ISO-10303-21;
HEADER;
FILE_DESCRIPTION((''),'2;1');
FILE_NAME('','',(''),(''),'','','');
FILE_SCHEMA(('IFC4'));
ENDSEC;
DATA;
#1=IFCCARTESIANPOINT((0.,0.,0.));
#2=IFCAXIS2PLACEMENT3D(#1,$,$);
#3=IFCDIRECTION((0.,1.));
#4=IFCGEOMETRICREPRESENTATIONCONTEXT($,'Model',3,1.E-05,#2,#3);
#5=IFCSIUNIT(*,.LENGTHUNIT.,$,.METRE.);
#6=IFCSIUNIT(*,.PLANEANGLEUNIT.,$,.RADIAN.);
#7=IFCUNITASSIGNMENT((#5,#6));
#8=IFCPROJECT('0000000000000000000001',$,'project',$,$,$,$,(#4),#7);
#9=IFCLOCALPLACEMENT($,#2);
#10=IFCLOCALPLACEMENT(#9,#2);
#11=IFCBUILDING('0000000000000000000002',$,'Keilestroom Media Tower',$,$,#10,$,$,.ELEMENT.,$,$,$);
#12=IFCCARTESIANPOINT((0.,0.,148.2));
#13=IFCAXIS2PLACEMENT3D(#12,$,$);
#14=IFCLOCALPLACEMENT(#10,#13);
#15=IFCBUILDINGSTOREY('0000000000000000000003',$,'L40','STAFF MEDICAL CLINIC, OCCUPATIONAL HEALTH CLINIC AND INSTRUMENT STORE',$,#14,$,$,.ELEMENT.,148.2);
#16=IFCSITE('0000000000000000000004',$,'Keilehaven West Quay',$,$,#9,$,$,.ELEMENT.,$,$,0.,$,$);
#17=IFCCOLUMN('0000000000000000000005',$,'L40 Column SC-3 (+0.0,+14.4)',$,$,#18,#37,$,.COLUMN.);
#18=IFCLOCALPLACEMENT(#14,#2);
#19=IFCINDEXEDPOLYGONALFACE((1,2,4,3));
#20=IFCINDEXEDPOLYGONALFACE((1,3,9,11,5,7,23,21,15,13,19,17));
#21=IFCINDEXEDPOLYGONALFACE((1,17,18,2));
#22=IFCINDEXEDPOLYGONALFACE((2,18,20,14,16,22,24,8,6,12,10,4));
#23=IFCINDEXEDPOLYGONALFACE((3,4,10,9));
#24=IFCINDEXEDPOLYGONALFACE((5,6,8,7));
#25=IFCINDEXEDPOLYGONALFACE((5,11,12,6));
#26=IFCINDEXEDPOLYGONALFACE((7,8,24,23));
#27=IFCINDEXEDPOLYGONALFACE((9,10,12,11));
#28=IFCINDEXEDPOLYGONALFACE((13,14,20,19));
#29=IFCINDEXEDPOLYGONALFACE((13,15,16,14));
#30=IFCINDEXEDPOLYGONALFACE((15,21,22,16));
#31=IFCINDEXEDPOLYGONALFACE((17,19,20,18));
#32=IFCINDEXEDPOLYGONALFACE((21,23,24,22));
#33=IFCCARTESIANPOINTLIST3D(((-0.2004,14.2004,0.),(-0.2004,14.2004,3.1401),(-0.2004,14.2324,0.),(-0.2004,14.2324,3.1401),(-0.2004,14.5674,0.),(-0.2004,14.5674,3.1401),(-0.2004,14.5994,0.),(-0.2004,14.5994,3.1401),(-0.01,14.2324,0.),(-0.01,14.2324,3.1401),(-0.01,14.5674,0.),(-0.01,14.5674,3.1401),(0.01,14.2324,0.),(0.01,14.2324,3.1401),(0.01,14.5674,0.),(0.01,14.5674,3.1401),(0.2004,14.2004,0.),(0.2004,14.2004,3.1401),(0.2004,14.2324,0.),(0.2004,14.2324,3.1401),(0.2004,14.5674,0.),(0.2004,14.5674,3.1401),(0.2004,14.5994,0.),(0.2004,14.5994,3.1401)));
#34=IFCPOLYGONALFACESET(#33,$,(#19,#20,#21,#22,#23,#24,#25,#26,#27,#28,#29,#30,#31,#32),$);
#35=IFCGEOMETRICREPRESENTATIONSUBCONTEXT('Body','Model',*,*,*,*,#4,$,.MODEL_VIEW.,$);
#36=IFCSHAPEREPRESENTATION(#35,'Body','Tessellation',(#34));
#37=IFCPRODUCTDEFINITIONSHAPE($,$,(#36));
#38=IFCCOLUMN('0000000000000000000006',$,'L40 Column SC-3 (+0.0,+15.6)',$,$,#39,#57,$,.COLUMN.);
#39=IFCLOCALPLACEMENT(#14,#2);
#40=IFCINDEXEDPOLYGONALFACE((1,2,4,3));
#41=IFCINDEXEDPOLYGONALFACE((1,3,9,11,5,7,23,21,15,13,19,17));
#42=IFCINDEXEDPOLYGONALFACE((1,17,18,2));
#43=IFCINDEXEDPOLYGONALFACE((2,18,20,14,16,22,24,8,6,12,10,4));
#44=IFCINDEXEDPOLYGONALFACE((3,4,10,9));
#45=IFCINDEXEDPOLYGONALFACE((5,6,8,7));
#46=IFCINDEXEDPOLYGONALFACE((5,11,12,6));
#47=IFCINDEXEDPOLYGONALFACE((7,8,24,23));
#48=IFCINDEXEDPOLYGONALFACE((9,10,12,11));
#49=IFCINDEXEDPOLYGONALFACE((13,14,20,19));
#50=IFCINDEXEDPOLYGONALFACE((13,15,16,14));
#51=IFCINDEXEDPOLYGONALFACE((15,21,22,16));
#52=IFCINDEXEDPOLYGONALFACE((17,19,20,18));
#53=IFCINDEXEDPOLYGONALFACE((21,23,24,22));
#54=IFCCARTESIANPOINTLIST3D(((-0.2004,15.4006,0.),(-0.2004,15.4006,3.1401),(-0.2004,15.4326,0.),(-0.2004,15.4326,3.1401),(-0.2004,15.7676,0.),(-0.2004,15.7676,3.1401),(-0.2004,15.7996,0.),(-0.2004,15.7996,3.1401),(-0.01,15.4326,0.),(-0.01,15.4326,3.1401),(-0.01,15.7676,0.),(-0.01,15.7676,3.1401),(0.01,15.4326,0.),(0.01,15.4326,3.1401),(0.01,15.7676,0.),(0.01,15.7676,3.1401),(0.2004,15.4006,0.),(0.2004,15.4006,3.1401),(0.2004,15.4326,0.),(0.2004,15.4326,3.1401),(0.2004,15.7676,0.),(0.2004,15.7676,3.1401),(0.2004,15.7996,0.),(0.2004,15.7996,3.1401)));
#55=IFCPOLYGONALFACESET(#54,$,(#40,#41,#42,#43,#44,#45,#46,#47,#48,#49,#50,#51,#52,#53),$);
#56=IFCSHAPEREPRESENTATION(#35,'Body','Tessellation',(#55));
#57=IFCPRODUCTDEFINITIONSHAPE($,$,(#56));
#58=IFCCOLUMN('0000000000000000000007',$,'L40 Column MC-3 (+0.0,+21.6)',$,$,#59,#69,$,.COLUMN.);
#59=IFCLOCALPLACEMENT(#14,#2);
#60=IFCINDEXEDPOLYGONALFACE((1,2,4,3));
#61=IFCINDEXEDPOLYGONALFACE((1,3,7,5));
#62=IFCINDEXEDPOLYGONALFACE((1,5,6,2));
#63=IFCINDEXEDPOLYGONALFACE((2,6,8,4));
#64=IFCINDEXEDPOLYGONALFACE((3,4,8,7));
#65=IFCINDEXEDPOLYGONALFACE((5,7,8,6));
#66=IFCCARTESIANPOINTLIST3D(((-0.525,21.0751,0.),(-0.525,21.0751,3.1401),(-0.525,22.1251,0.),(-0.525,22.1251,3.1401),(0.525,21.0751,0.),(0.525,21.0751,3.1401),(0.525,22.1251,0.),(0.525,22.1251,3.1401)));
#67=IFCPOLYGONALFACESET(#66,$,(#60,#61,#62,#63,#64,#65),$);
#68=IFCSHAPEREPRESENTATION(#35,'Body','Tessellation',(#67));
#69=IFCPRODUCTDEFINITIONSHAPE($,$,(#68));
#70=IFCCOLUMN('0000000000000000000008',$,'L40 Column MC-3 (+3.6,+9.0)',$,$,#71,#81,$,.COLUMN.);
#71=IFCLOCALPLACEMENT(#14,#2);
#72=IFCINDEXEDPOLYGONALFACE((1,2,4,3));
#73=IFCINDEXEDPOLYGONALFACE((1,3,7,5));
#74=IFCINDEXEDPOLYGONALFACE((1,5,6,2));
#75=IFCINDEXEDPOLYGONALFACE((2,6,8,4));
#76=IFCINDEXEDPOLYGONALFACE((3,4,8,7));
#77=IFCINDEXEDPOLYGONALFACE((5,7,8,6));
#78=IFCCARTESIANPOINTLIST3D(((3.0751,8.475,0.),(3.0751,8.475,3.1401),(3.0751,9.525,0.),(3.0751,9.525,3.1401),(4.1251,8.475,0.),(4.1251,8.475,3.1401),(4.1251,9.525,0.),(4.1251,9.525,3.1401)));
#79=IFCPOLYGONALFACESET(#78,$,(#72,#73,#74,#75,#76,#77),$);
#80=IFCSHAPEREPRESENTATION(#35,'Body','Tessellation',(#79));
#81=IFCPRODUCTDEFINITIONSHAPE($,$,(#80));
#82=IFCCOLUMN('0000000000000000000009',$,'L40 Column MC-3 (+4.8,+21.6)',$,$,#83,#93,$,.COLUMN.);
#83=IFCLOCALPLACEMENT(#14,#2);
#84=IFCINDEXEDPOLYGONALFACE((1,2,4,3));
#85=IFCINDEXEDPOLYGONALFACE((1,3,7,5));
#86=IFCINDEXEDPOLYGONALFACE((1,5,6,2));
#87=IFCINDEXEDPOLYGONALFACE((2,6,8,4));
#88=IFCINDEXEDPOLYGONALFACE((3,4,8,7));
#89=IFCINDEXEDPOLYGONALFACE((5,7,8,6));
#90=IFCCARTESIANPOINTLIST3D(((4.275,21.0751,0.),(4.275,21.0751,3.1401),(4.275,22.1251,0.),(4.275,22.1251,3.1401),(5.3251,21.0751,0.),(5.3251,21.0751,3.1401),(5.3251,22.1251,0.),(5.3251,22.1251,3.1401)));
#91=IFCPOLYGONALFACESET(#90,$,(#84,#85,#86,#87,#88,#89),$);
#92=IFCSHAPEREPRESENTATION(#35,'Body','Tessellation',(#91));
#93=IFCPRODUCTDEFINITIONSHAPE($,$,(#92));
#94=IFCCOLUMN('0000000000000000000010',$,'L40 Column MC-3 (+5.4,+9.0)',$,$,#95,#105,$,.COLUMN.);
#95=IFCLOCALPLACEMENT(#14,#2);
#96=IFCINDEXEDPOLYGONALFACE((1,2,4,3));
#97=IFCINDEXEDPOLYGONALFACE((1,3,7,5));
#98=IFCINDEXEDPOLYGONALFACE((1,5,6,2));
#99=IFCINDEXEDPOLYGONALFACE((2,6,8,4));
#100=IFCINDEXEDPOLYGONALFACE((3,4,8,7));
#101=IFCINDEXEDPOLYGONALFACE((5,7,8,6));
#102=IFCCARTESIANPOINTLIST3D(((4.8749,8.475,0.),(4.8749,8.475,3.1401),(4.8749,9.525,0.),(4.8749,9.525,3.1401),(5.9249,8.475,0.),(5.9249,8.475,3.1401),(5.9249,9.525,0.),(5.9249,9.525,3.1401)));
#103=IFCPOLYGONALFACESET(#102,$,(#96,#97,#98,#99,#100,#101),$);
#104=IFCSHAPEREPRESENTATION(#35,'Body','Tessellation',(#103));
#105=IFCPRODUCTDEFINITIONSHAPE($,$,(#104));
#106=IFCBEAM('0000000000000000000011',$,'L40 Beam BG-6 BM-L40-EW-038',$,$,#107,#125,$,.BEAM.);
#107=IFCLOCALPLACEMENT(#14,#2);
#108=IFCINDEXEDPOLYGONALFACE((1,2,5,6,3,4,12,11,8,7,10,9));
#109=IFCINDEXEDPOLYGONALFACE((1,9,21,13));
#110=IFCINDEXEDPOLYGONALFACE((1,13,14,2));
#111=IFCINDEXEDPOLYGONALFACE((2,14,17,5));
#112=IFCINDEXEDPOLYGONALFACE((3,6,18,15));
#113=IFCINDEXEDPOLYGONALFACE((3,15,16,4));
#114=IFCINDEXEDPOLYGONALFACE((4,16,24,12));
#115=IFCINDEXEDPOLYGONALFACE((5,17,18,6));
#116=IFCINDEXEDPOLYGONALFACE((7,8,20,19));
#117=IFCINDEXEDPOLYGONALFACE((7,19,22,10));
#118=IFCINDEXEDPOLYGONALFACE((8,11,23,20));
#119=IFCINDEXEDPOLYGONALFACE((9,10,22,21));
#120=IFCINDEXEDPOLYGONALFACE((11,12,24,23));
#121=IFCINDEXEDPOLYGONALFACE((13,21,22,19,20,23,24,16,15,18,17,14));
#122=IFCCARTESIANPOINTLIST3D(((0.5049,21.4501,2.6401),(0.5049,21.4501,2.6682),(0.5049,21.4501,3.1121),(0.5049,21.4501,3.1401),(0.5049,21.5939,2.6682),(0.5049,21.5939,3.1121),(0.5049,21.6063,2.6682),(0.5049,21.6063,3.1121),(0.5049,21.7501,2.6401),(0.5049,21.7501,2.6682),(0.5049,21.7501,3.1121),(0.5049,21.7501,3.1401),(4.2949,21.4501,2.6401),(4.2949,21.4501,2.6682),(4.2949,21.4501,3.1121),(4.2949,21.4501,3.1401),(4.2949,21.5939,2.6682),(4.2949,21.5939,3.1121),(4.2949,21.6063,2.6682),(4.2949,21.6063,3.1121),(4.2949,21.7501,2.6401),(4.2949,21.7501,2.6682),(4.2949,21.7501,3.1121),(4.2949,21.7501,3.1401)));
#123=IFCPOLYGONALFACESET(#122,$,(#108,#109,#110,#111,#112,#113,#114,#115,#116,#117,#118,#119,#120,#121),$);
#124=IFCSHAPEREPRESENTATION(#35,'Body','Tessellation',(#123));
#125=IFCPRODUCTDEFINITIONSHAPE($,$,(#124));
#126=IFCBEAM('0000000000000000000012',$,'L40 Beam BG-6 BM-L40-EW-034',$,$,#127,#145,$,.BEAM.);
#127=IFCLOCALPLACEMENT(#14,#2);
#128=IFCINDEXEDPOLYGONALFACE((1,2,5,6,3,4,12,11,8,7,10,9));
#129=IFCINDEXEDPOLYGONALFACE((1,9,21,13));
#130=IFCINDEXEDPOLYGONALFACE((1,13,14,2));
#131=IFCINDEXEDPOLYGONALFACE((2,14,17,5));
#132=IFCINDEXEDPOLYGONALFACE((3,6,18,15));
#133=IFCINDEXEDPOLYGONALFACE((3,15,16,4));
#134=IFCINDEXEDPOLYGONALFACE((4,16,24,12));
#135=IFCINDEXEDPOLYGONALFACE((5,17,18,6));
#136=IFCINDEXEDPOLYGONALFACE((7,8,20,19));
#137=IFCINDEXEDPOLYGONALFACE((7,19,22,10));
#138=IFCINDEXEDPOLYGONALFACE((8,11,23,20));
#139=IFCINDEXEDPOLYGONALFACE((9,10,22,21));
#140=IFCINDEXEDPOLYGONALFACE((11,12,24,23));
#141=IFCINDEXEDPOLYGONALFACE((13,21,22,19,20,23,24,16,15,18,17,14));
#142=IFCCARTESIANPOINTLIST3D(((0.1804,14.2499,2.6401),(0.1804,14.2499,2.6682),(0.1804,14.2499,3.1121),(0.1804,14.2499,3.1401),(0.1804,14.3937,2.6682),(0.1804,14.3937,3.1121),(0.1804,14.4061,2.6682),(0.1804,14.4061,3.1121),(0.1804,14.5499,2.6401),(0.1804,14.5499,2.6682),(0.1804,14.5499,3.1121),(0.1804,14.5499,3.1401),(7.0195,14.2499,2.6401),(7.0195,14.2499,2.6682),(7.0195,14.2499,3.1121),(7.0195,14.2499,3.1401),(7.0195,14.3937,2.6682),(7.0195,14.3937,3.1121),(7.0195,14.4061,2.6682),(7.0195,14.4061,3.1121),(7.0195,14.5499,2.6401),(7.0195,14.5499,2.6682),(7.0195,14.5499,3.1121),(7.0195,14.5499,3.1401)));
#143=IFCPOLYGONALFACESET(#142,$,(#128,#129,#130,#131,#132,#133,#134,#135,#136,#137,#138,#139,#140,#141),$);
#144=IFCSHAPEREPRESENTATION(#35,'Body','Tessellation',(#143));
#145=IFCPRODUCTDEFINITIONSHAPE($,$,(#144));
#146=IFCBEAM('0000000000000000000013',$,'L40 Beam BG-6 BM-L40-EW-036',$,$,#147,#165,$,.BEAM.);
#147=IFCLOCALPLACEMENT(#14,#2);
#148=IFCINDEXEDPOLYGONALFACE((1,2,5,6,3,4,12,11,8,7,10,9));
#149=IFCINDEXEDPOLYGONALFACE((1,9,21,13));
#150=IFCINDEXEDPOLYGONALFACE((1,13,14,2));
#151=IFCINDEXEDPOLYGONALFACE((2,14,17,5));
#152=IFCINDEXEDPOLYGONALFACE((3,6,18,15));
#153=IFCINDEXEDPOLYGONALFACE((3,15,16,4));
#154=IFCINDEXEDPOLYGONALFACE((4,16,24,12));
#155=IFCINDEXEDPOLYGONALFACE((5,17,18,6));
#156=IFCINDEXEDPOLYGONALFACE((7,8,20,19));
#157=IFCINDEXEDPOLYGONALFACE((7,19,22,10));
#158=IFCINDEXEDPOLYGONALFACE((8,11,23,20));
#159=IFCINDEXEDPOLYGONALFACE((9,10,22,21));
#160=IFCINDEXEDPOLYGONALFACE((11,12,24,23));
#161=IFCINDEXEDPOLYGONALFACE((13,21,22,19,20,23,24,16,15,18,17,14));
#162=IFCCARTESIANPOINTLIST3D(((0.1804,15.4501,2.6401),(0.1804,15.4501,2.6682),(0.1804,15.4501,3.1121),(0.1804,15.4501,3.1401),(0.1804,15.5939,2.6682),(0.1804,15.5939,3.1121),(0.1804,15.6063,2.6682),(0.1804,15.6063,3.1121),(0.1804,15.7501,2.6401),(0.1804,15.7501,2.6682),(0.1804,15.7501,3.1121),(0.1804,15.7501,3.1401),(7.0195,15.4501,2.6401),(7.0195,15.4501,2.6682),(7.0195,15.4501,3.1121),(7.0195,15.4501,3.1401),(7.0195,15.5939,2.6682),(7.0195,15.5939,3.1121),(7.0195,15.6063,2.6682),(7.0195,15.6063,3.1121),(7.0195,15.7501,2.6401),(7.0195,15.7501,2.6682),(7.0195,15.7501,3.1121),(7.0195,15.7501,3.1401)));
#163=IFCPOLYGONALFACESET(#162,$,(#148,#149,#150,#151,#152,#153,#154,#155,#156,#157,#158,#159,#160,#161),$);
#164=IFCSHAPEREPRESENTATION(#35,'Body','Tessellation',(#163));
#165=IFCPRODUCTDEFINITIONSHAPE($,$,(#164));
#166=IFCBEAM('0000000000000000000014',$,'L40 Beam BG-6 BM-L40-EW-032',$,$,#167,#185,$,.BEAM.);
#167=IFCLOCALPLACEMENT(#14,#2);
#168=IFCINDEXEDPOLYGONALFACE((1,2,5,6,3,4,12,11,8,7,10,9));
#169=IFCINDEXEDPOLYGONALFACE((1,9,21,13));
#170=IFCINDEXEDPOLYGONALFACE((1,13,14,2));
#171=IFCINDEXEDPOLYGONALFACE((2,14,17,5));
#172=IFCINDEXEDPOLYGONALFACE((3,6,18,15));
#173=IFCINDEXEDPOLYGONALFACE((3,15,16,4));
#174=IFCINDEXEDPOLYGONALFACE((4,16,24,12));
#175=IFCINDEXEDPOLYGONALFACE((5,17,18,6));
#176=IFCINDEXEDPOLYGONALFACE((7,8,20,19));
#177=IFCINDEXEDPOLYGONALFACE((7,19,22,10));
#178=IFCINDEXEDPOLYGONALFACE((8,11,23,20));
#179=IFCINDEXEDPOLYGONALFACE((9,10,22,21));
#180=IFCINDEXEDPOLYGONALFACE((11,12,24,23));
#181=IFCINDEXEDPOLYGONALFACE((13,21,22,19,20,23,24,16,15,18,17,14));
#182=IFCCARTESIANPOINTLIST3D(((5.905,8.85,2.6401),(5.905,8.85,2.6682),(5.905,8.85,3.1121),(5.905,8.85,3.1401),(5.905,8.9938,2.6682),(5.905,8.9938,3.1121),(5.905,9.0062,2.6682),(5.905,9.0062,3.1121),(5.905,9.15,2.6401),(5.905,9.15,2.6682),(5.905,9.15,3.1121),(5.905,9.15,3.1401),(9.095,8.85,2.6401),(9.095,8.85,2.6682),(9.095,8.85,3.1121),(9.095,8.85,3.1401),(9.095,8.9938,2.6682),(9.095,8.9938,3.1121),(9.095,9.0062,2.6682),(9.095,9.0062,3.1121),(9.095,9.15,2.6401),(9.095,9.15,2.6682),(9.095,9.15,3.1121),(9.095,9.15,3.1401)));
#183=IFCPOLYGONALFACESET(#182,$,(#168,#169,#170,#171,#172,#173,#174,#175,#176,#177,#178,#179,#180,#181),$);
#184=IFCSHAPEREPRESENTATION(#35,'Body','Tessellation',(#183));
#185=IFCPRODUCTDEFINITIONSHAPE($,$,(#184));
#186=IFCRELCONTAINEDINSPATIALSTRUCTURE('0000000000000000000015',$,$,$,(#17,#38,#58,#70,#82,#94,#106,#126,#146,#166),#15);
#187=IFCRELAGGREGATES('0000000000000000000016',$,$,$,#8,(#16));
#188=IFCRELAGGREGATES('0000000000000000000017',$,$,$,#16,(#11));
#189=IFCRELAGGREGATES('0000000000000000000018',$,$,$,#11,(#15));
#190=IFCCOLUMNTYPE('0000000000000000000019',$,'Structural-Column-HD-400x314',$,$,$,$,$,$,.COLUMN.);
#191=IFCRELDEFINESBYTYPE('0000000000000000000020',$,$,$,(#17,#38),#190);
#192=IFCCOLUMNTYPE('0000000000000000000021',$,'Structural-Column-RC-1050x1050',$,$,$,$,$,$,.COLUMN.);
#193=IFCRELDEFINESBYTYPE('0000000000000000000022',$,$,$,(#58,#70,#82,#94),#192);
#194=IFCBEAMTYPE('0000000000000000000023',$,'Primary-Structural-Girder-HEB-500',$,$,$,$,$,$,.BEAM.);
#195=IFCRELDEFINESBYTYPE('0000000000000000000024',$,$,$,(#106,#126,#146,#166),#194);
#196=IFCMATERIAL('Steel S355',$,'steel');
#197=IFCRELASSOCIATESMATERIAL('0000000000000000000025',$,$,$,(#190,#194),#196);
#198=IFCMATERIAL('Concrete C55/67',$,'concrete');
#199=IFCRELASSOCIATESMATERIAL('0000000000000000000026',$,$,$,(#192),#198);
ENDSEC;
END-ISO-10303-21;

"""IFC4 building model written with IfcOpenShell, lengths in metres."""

from ifc_helpers import new_model, si_unit, direction, frame, origin, origin_2d, place, context, subcontext, project, spatial, rectangle, i_section, extrude, source, transform, mapped, material, material_profile, profile_set, type_object, element, save


model = new_model("IFC4")

# Units and contexts
model_context = context("Model", 3, precision=1e-05, world=origin(), true_north=direction((0.0, 1.0)))
body_context = subcontext(model_context, "Body", "Model", "MODEL_VIEW")
ifc_project = project(units=[si_unit("LENGTHUNIT", "METRE"), si_unit("PLANEANGLEUNIT", "RADIAN")], contexts=[model_context])

# Site, building, storey
site_placement = place(None, origin())
site = spatial("IfcSite", under=ifc_project, at=site_placement, Name="Keilehaven West Quay", CompositionType="ELEMENT", RefElevation=0.0)
building_placement = place(site_placement, origin())
building = spatial("IfcBuilding", under=site, at=building_placement, Name="Keilestroom Media Tower", CompositionType="ELEMENT")
storey_placement = place(building_placement, frame((0.0, 0.0, 148.2)))
storey = spatial("IfcBuildingStorey", under=building, at=storey_placement, Name="L40", Description="STAFF MEDICAL CLINIC, OCCUPATIONAL HEALTH CLINIC AND INSTRUMENT STORE", CompositionType="ELEMENT", Elevation=148.2)

# Columns
ifc_material_1 = material(Name="Steel S355", Category="steel")
ifc_material_profile_1 = material_profile(ifc_material_1, i_section(OverallWidth=0.4009, OverallDepth=0.3989, WebThickness=0.02, FlangeThickness=0.032, at=origin_2d()), Name="HD 400x314")
ifc_profile_set_1 = profile_set([ifc_material_profile_1], Name="Steel S355")
column_type_1 = type_object("IfcColumnType", Name="Structural-Column-HD-400x314", PredefinedType="COLUMN", material=ifc_profile_set_1)
shared_shape_1 = source(origin(), body_context, "Body", "SweptSolid", [
    extrude(i_section(OverallWidth=0.4009, OverallDepth=0.3989, WebThickness=0.02, FlangeThickness=0.032, at=origin_2d()), origin(), (0.0, 0.0, 1.0), 3.1401),
])
for number, where, z_axis, x_axis, name in (
    (1, (0.0, 14.3999, 0.0), (0.0, 0.0, 1.0), (1.0, 0.0, 0.0), "L40 Column SC-3 (+0.0,+14.4)"),
    (2, (0.0, 15.6001, 0.0), (0.0, 0.0, 1.0), (1.0, 0.0, 0.0), "L40 Column SC-3 (+0.0,+15.6)"),
):
    element("IfcColumn", number, at=place(storey_placement, frame(where, z_axis=z_axis, x_axis=x_axis)), inside=storey, type_object=column_type_1, Name=name, PredefinedType="COLUMN", context=body_context, shape_type="MappedRepresentation", body=[
        mapped(shared_shape_1, transform((0.0, 0.0, 0.0), x_axis=(1.0, 0.0, 0.0), y_axis=(0.0, 1.0, 0.0), z_axis=(0.0, 0.0, 1.0), scale=1.0)),
    ])
ifc_material_2 = material(Name="Concrete C55/67", Category="concrete")
ifc_material_profile_2 = material_profile(ifc_material_2, rectangle(XDim=1.05, YDim=1.05, at=origin_2d()), Name="RC 1050x1050")
ifc_profile_set_2 = profile_set([ifc_material_profile_2], Name="Concrete C55/67")
column_type_2 = type_object("IfcColumnType", Name="Structural-Column-RC-1050x1050", PredefinedType="COLUMN", material=ifc_profile_set_2)
shared_shape_2 = source(origin(), body_context, "Body", "SweptSolid", [
    extrude(rectangle(XDim=1.05, YDim=1.05, at=origin_2d()), origin(), (0.0, 0.0, 1.0), 3.1401),
])
for number, where, z_axis, x_axis, name in (
    (3, (0.0, 21.6001, 0.0), (0.0, 0.0, 1.0), (1.0, 0.0, 0.0), "L40 Column MC-3 (+0.0,+21.6)"),
    (4, (3.6001, 9.0, 0.0), (0.0, 0.0, 1.0), (1.0, 0.0, 0.0), "L40 Column MC-3 (+3.6,+9.0)"),
    (5, (4.8, 21.6001, 0.0), (0.0, 0.0, 1.0), (1.0, 0.0, 0.0), "L40 Column MC-3 (+4.8,+21.6)"),
    (6, (5.3999, 9.0, 0.0), (0.0, 0.0, 1.0), (1.0, 0.0, 0.0), "L40 Column MC-3 (+5.4,+9.0)"),
):
    element("IfcColumn", number, at=place(storey_placement, frame(where, z_axis=z_axis, x_axis=x_axis)), inside=storey, type_object=column_type_2, Name=name, PredefinedType="COLUMN", context=body_context, shape_type="MappedRepresentation", body=[
        mapped(shared_shape_2, transform((0.0, 0.0, 0.0), x_axis=(1.0, 0.0, 0.0), y_axis=(0.0, 1.0, 0.0), z_axis=(0.0, 0.0, 1.0), scale=1.0)),
    ])

# Beams
ifc_material_profile_3 = material_profile(ifc_material_1, i_section(OverallWidth=0.3, OverallDepth=0.5, WebThickness=0.0125, FlangeThickness=0.0281, at=origin_2d()), Name="HEB 500")
ifc_profile_set_3 = profile_set([ifc_material_profile_3], Name="Steel S355")
beam_type_1 = type_object("IfcBeamType", Name="Primary-Structural-Girder-HEB-500", PredefinedType="BEAM", material=ifc_profile_set_3)
shared_shape_3 = source(origin(), body_context, "Body", "SweptSolid", [
    extrude(i_section(OverallWidth=0.3, OverallDepth=0.5, WebThickness=0.0125, FlangeThickness=0.0281, at=origin_2d()), origin(), (0.0, 0.0, 1.0), 3.79),
])
beam_1_placement = place(storey_placement, frame((0.5049, 21.6001, 2.8901), z_axis=(1.0, 0.0, 0.0), x_axis=(0.0, 1.0, 0.0)))
element("IfcBeam", 7, at=beam_1_placement, inside=storey, type_object=beam_type_1, Name="L40 Beam BG-6 BM-L40-EW-038", PredefinedType="BEAM", context=body_context, shape_type="MappedRepresentation", body=[
    mapped(shared_shape_3, transform((0.0, 0.0, 0.0), x_axis=(1.0, 0.0, 0.0), y_axis=(0.0, 1.0, 0.0), z_axis=(0.0, 0.0, 1.0), scale=1.0)),
])
shared_shape_4 = source(origin(), body_context, "Body", "SweptSolid", [
    extrude(i_section(OverallWidth=0.3, OverallDepth=0.5, WebThickness=0.0125, FlangeThickness=0.0281, at=origin_2d()), origin(), (0.0, 0.0, 1.0), 6.8391),
])
for number, where, z_axis, x_axis, name in (
    (8, (0.1804, 14.3999, 2.8901), (1.0, 0.0, 0.0), (0.0, 1.0, 0.0), "L40 Beam BG-6 BM-L40-EW-034"),
    (9, (0.1804, 15.6001, 2.8901), (1.0, 0.0, 0.0), (0.0, 1.0, 0.0), "L40 Beam BG-6 BM-L40-EW-036"),
):
    element("IfcBeam", number, at=place(storey_placement, frame(where, z_axis=z_axis, x_axis=x_axis)), inside=storey, type_object=beam_type_1, Name=name, PredefinedType="BEAM", context=body_context, shape_type="MappedRepresentation", body=[
        mapped(shared_shape_4, transform((0.0, 0.0, 0.0), x_axis=(1.0, 0.0, 0.0), y_axis=(0.0, 1.0, 0.0), z_axis=(0.0, 0.0, 1.0), scale=1.0)),
    ])
shared_shape_5 = source(origin(), body_context, "Body", "SweptSolid", [
    extrude(i_section(OverallWidth=0.3, OverallDepth=0.5, WebThickness=0.0125, FlangeThickness=0.0281, at=origin_2d()), origin(), (0.0, 0.0, 1.0), 3.1899),
])
beam_2_placement = place(storey_placement, frame((5.905, 9.0, 2.8901), z_axis=(1.0, 0.0, 0.0), x_axis=(0.0, 1.0, 0.0)))
element("IfcBeam", 10, at=beam_2_placement, inside=storey, type_object=beam_type_1, Name="L40 Beam BG-6 BM-L40-EW-032", PredefinedType="BEAM", context=body_context, shape_type="MappedRepresentation", body=[
    mapped(shared_shape_5, transform((0.0, 0.0, 0.0), x_axis=(1.0, 0.0, 0.0), y_axis=(0.0, 1.0, 0.0), z_axis=(0.0, 0.0, 1.0), scale=1.0)),
])

save(model, "model.ifc")
